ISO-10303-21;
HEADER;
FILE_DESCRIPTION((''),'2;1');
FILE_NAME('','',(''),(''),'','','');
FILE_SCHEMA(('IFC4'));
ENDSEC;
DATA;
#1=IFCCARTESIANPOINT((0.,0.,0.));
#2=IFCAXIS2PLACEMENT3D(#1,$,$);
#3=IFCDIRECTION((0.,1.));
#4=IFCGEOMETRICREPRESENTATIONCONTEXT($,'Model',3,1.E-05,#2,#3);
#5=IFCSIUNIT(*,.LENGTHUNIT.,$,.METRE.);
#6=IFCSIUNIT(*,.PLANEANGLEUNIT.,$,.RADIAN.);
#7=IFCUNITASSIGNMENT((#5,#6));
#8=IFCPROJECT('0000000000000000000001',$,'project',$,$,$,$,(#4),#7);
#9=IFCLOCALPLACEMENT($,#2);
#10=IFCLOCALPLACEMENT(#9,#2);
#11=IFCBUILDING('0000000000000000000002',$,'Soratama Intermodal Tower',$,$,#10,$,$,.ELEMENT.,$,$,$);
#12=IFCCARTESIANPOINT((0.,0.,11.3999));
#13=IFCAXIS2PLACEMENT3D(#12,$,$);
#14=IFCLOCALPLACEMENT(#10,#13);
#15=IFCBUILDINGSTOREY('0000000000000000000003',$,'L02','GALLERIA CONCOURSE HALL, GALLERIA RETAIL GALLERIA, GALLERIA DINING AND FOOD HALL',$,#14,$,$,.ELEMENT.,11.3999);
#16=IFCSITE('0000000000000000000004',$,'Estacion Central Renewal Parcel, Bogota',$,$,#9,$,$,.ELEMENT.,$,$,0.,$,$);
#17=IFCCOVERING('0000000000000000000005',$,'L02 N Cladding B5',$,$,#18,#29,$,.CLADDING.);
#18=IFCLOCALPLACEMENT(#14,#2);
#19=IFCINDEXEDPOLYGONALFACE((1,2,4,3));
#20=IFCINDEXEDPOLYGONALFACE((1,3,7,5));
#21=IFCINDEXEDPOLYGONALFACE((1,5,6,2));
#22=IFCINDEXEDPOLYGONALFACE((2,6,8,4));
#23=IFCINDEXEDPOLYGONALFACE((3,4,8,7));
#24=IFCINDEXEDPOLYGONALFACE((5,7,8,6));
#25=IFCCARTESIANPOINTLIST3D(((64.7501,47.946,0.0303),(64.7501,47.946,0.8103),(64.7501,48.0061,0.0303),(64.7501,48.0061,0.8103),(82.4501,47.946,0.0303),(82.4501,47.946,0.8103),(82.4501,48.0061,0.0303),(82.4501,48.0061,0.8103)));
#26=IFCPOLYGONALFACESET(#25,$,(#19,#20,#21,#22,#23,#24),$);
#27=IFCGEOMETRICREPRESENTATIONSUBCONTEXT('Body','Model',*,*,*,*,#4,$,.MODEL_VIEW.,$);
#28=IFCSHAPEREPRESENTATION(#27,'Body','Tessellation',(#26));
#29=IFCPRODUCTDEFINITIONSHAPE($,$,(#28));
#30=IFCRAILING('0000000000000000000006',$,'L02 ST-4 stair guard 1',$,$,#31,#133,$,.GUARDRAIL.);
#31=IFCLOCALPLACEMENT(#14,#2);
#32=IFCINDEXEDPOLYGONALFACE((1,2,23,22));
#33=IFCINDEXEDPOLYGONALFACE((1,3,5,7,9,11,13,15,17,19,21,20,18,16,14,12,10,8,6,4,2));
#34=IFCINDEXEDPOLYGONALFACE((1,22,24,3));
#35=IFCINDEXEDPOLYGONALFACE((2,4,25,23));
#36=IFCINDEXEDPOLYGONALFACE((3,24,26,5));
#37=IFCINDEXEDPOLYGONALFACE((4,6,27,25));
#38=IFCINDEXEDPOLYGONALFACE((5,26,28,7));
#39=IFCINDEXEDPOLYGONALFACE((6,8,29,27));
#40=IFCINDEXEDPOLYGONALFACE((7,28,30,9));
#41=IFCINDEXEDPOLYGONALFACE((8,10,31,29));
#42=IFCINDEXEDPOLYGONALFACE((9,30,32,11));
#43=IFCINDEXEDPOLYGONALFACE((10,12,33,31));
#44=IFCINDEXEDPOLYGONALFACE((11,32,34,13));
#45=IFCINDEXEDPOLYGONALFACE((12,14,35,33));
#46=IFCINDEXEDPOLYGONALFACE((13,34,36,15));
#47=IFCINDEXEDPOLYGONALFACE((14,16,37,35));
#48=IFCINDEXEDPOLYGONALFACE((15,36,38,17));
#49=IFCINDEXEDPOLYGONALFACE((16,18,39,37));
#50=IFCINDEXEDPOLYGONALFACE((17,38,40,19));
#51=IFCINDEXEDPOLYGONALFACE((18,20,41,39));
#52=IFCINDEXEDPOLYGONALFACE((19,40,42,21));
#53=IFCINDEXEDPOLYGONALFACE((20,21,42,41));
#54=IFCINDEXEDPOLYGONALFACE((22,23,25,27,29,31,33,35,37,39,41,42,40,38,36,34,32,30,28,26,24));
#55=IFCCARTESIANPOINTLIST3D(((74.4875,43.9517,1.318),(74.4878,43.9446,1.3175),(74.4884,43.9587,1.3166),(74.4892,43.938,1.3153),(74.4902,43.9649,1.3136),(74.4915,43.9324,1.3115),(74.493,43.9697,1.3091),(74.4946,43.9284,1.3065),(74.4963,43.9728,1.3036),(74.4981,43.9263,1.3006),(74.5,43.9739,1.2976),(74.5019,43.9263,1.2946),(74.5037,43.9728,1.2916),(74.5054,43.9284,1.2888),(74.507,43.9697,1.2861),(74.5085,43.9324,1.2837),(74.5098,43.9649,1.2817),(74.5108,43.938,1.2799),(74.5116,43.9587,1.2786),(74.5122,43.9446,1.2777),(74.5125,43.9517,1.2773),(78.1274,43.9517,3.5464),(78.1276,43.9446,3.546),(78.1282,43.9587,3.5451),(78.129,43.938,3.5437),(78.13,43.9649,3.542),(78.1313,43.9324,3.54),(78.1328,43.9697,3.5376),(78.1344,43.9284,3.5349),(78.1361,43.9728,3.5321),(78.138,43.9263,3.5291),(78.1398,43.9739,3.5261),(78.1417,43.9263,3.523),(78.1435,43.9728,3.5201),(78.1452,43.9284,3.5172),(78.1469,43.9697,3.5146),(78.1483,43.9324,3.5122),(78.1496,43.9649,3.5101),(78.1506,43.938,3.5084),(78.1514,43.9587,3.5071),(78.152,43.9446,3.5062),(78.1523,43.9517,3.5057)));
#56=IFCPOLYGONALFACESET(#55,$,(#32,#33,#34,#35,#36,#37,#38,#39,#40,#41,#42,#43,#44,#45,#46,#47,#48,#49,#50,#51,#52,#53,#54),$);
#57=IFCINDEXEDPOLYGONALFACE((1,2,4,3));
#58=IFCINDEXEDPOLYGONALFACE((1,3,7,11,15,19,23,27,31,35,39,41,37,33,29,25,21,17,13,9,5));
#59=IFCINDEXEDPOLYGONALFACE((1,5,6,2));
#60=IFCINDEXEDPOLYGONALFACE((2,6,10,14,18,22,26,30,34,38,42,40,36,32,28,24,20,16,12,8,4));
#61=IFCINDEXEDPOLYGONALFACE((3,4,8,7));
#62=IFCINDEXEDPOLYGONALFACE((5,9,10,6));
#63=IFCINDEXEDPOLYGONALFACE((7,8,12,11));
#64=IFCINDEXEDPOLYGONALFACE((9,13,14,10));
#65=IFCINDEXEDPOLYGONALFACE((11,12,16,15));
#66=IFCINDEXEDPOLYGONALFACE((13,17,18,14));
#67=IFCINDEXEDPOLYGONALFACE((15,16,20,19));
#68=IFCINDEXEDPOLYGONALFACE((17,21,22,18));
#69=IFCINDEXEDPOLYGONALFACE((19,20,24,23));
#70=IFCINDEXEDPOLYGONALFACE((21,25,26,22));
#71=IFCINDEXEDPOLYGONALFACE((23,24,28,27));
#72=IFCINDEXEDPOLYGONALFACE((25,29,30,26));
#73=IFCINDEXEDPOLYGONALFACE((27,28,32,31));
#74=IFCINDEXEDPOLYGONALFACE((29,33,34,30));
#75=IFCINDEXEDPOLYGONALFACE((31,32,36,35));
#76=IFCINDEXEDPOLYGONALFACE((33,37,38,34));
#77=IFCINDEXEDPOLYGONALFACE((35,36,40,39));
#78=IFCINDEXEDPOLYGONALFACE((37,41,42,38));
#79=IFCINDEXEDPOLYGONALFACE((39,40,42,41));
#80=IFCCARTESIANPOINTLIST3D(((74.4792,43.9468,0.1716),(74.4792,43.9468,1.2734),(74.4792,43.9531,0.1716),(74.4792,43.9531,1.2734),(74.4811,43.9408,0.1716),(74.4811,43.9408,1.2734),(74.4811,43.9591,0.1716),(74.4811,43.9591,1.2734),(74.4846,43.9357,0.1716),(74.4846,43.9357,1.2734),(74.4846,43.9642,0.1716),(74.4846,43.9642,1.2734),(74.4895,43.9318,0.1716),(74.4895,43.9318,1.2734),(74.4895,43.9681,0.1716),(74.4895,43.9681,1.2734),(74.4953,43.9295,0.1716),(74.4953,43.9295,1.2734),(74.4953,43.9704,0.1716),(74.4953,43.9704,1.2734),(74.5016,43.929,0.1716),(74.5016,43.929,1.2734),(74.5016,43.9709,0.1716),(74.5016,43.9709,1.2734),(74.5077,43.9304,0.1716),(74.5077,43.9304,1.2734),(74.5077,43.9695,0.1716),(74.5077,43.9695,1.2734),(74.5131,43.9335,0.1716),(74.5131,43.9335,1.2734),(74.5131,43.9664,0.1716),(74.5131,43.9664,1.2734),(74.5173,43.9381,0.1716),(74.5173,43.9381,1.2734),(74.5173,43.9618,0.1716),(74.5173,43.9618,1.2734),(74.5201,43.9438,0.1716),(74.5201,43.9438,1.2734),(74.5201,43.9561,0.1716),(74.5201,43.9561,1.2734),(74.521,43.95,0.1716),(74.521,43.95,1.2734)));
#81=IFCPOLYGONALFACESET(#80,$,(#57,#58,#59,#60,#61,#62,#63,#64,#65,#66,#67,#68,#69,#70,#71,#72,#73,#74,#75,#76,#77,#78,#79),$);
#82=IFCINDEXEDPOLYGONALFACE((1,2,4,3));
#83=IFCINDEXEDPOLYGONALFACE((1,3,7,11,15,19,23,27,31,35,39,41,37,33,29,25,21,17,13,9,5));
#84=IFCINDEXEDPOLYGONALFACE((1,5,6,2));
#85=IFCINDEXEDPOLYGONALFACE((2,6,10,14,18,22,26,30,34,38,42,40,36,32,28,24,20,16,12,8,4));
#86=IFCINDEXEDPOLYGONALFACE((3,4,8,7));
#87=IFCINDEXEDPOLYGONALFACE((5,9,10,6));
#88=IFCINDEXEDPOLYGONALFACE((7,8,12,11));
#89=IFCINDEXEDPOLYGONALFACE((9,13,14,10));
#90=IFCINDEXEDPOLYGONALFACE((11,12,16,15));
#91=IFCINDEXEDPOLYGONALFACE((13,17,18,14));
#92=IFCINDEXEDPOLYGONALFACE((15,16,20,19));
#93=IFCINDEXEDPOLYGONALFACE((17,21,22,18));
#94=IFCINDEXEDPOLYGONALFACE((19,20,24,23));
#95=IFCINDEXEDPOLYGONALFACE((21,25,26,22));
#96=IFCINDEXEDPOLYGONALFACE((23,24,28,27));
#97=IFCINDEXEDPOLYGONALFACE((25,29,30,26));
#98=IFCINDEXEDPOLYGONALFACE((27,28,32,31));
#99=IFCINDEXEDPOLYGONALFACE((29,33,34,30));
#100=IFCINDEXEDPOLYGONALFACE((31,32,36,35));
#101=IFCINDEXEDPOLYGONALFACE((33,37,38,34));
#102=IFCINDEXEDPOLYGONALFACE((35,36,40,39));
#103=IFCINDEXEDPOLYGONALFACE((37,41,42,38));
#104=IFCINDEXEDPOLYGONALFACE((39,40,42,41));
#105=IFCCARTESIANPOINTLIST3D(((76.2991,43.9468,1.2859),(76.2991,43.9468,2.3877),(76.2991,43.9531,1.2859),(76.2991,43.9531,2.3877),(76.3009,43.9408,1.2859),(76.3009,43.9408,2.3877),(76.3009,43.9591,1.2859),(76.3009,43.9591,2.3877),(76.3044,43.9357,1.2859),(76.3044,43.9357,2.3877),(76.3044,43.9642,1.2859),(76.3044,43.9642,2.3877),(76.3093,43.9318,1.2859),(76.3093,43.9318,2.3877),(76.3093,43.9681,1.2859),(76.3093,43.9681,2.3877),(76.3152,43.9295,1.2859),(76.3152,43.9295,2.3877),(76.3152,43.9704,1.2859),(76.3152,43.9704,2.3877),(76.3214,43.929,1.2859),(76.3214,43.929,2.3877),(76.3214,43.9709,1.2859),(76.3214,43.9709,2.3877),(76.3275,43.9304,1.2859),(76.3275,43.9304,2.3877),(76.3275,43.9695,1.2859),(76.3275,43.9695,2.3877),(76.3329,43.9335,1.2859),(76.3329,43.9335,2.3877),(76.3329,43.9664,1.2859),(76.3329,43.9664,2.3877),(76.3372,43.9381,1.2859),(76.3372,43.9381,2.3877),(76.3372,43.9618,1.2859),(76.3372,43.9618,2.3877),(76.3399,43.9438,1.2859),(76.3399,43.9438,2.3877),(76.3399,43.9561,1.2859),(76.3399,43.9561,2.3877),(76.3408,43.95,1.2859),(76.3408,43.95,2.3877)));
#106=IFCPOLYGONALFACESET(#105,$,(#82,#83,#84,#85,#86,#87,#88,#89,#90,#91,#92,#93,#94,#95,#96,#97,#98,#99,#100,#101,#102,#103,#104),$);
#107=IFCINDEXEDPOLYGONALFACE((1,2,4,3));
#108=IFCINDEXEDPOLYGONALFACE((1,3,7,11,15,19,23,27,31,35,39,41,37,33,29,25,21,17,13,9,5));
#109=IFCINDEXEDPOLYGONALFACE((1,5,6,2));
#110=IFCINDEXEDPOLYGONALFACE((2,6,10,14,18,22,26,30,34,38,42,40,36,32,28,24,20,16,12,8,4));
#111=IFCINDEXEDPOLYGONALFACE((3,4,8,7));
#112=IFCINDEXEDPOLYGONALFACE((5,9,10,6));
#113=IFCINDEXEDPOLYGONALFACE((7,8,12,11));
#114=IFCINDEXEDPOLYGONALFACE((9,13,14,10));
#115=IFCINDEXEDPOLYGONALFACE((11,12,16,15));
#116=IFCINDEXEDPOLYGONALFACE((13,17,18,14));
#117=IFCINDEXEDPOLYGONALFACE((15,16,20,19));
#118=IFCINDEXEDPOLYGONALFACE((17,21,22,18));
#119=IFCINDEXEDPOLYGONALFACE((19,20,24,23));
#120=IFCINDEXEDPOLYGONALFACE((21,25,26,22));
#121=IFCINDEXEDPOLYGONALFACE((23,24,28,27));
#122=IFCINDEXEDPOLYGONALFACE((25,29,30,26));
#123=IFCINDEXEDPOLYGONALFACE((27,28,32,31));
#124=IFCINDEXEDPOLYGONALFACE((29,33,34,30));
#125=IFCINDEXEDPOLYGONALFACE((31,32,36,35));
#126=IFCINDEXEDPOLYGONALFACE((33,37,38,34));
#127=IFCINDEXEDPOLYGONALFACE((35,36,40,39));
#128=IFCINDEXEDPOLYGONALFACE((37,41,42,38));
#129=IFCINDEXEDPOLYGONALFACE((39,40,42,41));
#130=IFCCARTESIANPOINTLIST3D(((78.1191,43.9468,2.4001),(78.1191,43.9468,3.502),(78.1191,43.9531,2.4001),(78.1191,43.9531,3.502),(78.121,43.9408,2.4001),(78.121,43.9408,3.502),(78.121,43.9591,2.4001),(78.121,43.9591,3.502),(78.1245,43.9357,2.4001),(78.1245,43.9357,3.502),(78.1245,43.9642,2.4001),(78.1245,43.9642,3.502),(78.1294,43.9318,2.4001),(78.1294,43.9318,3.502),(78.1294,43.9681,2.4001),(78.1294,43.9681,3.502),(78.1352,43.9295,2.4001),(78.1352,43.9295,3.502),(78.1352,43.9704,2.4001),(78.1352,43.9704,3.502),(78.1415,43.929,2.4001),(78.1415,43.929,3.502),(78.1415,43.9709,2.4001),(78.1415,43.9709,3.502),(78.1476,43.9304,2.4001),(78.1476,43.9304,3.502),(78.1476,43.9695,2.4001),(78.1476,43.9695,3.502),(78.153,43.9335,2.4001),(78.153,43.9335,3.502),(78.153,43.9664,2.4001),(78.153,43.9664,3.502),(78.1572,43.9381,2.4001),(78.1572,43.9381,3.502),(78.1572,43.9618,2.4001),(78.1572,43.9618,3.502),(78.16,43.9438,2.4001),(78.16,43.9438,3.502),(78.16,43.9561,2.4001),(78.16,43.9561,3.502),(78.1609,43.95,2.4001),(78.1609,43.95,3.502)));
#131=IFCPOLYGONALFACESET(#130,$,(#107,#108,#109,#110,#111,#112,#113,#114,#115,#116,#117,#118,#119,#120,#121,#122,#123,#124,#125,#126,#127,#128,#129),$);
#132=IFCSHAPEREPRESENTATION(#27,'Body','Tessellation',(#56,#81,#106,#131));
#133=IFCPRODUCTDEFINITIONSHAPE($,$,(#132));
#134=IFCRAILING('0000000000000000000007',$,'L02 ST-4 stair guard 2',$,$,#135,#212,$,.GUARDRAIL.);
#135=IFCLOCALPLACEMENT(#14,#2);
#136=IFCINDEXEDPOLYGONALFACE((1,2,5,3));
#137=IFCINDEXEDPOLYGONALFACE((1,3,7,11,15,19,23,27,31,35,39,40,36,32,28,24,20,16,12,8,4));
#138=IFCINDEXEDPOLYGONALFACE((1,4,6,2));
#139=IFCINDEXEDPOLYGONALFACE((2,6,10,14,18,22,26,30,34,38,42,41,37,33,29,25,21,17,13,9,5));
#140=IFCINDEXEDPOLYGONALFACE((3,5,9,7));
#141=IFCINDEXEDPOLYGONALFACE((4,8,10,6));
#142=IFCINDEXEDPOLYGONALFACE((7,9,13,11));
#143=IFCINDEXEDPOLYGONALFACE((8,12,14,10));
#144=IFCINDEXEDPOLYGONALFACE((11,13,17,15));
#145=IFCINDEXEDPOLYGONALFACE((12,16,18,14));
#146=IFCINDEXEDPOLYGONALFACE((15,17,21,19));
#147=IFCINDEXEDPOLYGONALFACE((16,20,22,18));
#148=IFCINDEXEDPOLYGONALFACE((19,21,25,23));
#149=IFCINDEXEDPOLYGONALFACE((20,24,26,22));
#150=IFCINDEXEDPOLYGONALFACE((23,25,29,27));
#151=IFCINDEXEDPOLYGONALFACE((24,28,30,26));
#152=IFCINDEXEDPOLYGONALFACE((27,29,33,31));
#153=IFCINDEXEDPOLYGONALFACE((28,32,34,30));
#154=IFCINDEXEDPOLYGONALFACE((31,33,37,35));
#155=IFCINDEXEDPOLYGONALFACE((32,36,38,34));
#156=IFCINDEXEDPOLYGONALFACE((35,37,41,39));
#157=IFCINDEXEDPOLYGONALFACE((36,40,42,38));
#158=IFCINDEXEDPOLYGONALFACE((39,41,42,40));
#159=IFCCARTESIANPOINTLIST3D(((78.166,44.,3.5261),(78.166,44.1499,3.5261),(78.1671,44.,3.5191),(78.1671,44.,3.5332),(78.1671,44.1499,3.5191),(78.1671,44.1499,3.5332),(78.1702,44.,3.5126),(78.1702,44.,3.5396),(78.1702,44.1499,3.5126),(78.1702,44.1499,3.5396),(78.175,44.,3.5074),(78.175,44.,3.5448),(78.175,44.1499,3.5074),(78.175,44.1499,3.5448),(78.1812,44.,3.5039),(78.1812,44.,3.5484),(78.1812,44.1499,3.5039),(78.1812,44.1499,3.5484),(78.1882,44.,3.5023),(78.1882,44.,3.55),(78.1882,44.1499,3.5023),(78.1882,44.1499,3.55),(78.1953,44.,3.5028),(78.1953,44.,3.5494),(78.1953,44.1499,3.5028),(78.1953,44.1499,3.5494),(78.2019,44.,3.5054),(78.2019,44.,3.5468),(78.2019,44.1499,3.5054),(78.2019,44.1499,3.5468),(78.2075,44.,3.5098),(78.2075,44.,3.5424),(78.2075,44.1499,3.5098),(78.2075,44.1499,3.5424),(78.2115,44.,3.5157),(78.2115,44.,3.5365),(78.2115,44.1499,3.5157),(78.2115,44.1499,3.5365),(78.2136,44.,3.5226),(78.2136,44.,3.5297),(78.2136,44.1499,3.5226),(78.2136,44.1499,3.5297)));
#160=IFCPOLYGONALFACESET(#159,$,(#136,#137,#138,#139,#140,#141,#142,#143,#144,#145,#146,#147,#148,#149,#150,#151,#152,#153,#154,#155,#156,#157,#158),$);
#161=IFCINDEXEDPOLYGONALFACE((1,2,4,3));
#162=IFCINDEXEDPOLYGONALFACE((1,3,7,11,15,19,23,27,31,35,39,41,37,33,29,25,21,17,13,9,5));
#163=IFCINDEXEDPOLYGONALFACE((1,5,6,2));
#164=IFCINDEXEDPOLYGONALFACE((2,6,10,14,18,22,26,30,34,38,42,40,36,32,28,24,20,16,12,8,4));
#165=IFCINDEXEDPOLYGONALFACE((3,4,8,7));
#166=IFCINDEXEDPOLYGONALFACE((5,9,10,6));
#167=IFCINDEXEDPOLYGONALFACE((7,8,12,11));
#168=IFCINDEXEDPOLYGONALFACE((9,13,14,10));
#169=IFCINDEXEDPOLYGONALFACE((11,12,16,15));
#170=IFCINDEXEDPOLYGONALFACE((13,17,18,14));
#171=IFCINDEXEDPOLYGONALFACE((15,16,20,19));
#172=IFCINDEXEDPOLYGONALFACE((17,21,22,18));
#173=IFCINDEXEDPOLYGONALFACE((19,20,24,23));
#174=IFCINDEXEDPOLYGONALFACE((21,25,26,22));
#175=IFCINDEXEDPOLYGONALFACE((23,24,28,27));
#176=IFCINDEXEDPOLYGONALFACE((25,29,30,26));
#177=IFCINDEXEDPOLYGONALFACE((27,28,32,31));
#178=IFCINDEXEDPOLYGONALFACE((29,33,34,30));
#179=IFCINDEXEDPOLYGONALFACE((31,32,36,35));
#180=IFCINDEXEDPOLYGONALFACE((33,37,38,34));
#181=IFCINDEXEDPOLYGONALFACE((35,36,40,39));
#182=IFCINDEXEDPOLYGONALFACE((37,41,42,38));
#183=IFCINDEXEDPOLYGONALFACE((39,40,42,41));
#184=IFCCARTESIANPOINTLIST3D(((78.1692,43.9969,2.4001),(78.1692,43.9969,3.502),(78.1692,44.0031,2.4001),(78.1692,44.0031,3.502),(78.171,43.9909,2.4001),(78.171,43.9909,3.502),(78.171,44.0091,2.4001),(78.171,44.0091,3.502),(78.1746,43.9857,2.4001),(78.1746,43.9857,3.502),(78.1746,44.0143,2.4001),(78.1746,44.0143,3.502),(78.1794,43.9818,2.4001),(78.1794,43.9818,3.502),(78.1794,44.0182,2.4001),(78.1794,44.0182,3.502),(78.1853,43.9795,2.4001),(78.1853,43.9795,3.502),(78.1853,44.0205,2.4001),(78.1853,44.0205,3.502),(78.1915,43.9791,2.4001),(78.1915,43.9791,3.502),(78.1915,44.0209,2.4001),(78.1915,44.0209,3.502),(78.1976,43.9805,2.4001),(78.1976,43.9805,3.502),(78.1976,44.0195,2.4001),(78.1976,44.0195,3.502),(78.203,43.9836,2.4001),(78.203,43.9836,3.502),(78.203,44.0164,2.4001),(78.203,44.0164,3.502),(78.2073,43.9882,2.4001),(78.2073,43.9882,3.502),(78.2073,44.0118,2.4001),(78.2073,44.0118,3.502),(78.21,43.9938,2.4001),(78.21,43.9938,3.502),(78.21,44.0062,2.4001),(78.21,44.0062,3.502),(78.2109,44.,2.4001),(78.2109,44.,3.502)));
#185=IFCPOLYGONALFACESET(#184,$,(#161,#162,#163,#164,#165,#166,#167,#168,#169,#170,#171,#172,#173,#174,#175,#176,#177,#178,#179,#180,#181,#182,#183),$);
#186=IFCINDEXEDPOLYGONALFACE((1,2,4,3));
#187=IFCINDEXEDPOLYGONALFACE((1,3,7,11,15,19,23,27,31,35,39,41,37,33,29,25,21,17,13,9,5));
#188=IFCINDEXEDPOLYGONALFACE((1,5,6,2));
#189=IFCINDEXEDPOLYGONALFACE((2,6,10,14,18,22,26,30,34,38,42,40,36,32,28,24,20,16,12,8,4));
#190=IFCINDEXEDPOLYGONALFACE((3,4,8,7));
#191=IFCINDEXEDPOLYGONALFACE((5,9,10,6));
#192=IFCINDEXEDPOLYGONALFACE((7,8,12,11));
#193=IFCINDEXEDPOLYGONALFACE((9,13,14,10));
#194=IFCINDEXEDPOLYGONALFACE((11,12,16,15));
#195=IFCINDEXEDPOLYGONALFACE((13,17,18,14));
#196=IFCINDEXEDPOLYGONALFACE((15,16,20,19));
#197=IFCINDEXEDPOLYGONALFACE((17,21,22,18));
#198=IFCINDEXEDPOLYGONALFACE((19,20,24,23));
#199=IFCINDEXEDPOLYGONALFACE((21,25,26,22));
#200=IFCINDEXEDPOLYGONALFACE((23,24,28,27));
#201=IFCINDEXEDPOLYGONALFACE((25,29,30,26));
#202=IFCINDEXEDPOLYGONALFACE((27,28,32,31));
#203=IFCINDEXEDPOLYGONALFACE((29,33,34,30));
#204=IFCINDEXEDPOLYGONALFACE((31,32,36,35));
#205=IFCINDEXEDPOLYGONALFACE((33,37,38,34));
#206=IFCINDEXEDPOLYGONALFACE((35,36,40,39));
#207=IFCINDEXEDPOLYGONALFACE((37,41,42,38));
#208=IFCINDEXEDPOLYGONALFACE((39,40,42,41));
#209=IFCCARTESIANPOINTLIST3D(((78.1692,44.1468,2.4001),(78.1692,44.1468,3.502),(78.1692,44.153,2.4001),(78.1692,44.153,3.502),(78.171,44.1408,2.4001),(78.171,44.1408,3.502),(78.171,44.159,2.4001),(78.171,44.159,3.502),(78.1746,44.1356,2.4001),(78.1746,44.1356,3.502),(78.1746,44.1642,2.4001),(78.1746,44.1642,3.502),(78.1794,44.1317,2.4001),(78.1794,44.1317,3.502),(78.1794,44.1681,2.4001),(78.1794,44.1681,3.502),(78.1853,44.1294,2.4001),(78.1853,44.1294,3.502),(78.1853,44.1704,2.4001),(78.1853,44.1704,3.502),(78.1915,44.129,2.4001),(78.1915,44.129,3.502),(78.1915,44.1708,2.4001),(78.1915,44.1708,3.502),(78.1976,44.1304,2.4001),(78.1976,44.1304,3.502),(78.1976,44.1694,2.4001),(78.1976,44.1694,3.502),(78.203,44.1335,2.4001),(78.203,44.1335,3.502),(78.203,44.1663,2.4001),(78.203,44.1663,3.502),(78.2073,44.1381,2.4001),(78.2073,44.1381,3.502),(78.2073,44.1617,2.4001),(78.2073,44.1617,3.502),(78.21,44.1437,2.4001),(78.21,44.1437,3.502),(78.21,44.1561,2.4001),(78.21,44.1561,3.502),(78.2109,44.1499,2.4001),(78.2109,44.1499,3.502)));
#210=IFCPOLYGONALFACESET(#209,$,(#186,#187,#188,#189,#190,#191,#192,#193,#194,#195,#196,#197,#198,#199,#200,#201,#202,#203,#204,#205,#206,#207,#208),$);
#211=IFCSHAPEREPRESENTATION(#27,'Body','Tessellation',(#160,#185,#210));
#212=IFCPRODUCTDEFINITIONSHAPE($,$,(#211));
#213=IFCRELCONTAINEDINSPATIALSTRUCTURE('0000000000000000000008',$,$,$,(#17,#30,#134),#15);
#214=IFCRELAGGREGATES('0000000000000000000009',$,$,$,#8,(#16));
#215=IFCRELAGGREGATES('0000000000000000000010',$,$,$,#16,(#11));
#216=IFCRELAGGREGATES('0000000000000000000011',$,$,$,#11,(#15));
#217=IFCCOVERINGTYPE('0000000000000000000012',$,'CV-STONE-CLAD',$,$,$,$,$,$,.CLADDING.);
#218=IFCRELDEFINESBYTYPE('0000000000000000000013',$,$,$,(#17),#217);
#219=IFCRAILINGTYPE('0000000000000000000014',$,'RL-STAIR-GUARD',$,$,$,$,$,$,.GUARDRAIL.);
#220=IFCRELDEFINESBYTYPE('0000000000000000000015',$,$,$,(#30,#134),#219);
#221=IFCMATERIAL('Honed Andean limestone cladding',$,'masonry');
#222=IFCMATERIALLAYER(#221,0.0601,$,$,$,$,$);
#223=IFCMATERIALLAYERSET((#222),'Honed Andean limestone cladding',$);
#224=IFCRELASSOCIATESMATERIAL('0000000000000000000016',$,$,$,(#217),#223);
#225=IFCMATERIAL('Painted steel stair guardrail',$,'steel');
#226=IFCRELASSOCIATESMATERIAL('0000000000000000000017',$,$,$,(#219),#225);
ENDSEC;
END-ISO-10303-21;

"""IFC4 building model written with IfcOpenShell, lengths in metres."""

from ifc_helpers import new_model, si_unit, direction, frame, origin, origin_2d, place, context, subcontext, project, spatial, rectangle, circle, extrude, material, layer, layer_set, type_object, element, save


model = new_model("IFC4")

# Units and contexts
model_context = context("Model", 3, precision=1e-05, world=origin(), true_north=direction((0.0, 1.0)))
body_context = subcontext(model_context, "Body", "Model", "MODEL_VIEW")
ifc_project = project(units=[si_unit("LENGTHUNIT", "METRE"), si_unit("PLANEANGLEUNIT", "RADIAN")], contexts=[model_context])

# Site, building, storey
site_placement = place(None, origin())
site = spatial("IfcSite", under=ifc_project, at=site_placement, Name="Estacion Central Renewal Parcel, Bogota", CompositionType="ELEMENT", RefElevation=0.0)
building_placement = place(site_placement, origin())
building = spatial("IfcBuilding", under=site, at=building_placement, Name="Soratama Intermodal Tower", CompositionType="ELEMENT")
storey_placement = place(building_placement, frame((0.0, 0.0, 11.3999)))
storey = spatial("IfcBuildingStorey", under=building, at=storey_placement, Name="L02", Description="GALLERIA CONCOURSE HALL, GALLERIA RETAIL GALLERIA, GALLERIA DINING AND FOOD HALL", CompositionType="ELEMENT", Elevation=11.3999)

# Covering
ifc_material_1 = material(Name="Honed Andean limestone cladding", Category="masonry")
ifc_layer_1 = layer(ifc_material_1, 0.0601)
ifc_layer_set_1 = layer_set([ifc_layer_1], Name="Honed Andean limestone cladding")
covering_type = type_object("IfcCoveringType", Name="CV-STONE-CLAD", PredefinedType="CLADDING", material=ifc_layer_set_1)
covering_placement = place(storey_placement, frame((73.6001, 47.9761, 0.0303), z_axis=(0.0, 0.0, 1.0), x_axis=(1.0, 0.0, 0.0)))
element("IfcCovering", 1, at=covering_placement, inside=storey, type_object=covering_type, Name="L02 N Cladding B5", PredefinedType="CLADDING", context=body_context, shape_type="SweptSolid", body=[
    extrude(rectangle(XDim=17.7, YDim=0.0601, at=origin_2d()), origin(), (0.0, 0.0, 1.0), 0.78),
])

# Railings
ifc_material_2 = material(Name="Painted steel stair guardrail", Category="steel")
railing_type_1 = type_object("IfcRailingType", Name="RL-STAIR-GUARD", PredefinedType="GUARDRAIL", material=ifc_material_2)
railing_1_placement = place(storey_placement, frame((74.5, 43.95, 0.1716)))
element("IfcRailing", 2, at=railing_1_placement, inside=storey, type_object=railing_type_1, Name="L02 ST-4 stair guard 1", PredefinedType="GUARDRAIL", context=body_context, shape_type="SweptSolid", body=[
    extrude(circle(Radius=0.0239, at=origin_2d()), frame((0.0, 0.0, 1.126), z_axis=(0.85285, 0.0, 0.522156), x_axis=(0.0, 1.0, 0.0)), (0.0, 0.0, 1.0), 4.2678),
    extrude(circle(Radius=0.021, at=origin_2d()), origin(), (0.0, 0.0, 1.0), 1.1018),
    extrude(circle(Radius=0.021, at=origin_2d()), frame((1.8198, 0.0, 1.1143)), (0.0, 0.0, 1.0), 1.1018),
    extrude(circle(Radius=0.021, at=origin_2d()), frame((3.6399, 0.0, 2.2285)), (0.0, 0.0, 1.0), 1.1018),
])
railing_2_placement = place(storey_placement, frame((78.1899, 44.0, 2.4001)))
element("IfcRailing", 3, at=railing_2_placement, inside=storey, type_object=railing_type_1, Name="L02 ST-4 stair guard 2", PredefinedType="GUARDRAIL", context=body_context, shape_type="SweptSolid", body=[
    extrude(circle(Radius=0.0239, at=origin_2d()), frame((0.0, 0.0, 1.126), z_axis=(0.0, 1.0, 0.0), x_axis=(-1.0, 0.0, 0.0)), (0.0, 0.0, 1.0), 0.1499),
    extrude(circle(Radius=0.021, at=origin_2d()), origin(), (0.0, 0.0, 1.0), 1.1018),
    extrude(circle(Radius=0.021, at=origin_2d()), frame((0.0, 0.1499, 0.0)), (0.0, 0.0, 1.0), 1.1018),
])

save(model, "model.ifc")
